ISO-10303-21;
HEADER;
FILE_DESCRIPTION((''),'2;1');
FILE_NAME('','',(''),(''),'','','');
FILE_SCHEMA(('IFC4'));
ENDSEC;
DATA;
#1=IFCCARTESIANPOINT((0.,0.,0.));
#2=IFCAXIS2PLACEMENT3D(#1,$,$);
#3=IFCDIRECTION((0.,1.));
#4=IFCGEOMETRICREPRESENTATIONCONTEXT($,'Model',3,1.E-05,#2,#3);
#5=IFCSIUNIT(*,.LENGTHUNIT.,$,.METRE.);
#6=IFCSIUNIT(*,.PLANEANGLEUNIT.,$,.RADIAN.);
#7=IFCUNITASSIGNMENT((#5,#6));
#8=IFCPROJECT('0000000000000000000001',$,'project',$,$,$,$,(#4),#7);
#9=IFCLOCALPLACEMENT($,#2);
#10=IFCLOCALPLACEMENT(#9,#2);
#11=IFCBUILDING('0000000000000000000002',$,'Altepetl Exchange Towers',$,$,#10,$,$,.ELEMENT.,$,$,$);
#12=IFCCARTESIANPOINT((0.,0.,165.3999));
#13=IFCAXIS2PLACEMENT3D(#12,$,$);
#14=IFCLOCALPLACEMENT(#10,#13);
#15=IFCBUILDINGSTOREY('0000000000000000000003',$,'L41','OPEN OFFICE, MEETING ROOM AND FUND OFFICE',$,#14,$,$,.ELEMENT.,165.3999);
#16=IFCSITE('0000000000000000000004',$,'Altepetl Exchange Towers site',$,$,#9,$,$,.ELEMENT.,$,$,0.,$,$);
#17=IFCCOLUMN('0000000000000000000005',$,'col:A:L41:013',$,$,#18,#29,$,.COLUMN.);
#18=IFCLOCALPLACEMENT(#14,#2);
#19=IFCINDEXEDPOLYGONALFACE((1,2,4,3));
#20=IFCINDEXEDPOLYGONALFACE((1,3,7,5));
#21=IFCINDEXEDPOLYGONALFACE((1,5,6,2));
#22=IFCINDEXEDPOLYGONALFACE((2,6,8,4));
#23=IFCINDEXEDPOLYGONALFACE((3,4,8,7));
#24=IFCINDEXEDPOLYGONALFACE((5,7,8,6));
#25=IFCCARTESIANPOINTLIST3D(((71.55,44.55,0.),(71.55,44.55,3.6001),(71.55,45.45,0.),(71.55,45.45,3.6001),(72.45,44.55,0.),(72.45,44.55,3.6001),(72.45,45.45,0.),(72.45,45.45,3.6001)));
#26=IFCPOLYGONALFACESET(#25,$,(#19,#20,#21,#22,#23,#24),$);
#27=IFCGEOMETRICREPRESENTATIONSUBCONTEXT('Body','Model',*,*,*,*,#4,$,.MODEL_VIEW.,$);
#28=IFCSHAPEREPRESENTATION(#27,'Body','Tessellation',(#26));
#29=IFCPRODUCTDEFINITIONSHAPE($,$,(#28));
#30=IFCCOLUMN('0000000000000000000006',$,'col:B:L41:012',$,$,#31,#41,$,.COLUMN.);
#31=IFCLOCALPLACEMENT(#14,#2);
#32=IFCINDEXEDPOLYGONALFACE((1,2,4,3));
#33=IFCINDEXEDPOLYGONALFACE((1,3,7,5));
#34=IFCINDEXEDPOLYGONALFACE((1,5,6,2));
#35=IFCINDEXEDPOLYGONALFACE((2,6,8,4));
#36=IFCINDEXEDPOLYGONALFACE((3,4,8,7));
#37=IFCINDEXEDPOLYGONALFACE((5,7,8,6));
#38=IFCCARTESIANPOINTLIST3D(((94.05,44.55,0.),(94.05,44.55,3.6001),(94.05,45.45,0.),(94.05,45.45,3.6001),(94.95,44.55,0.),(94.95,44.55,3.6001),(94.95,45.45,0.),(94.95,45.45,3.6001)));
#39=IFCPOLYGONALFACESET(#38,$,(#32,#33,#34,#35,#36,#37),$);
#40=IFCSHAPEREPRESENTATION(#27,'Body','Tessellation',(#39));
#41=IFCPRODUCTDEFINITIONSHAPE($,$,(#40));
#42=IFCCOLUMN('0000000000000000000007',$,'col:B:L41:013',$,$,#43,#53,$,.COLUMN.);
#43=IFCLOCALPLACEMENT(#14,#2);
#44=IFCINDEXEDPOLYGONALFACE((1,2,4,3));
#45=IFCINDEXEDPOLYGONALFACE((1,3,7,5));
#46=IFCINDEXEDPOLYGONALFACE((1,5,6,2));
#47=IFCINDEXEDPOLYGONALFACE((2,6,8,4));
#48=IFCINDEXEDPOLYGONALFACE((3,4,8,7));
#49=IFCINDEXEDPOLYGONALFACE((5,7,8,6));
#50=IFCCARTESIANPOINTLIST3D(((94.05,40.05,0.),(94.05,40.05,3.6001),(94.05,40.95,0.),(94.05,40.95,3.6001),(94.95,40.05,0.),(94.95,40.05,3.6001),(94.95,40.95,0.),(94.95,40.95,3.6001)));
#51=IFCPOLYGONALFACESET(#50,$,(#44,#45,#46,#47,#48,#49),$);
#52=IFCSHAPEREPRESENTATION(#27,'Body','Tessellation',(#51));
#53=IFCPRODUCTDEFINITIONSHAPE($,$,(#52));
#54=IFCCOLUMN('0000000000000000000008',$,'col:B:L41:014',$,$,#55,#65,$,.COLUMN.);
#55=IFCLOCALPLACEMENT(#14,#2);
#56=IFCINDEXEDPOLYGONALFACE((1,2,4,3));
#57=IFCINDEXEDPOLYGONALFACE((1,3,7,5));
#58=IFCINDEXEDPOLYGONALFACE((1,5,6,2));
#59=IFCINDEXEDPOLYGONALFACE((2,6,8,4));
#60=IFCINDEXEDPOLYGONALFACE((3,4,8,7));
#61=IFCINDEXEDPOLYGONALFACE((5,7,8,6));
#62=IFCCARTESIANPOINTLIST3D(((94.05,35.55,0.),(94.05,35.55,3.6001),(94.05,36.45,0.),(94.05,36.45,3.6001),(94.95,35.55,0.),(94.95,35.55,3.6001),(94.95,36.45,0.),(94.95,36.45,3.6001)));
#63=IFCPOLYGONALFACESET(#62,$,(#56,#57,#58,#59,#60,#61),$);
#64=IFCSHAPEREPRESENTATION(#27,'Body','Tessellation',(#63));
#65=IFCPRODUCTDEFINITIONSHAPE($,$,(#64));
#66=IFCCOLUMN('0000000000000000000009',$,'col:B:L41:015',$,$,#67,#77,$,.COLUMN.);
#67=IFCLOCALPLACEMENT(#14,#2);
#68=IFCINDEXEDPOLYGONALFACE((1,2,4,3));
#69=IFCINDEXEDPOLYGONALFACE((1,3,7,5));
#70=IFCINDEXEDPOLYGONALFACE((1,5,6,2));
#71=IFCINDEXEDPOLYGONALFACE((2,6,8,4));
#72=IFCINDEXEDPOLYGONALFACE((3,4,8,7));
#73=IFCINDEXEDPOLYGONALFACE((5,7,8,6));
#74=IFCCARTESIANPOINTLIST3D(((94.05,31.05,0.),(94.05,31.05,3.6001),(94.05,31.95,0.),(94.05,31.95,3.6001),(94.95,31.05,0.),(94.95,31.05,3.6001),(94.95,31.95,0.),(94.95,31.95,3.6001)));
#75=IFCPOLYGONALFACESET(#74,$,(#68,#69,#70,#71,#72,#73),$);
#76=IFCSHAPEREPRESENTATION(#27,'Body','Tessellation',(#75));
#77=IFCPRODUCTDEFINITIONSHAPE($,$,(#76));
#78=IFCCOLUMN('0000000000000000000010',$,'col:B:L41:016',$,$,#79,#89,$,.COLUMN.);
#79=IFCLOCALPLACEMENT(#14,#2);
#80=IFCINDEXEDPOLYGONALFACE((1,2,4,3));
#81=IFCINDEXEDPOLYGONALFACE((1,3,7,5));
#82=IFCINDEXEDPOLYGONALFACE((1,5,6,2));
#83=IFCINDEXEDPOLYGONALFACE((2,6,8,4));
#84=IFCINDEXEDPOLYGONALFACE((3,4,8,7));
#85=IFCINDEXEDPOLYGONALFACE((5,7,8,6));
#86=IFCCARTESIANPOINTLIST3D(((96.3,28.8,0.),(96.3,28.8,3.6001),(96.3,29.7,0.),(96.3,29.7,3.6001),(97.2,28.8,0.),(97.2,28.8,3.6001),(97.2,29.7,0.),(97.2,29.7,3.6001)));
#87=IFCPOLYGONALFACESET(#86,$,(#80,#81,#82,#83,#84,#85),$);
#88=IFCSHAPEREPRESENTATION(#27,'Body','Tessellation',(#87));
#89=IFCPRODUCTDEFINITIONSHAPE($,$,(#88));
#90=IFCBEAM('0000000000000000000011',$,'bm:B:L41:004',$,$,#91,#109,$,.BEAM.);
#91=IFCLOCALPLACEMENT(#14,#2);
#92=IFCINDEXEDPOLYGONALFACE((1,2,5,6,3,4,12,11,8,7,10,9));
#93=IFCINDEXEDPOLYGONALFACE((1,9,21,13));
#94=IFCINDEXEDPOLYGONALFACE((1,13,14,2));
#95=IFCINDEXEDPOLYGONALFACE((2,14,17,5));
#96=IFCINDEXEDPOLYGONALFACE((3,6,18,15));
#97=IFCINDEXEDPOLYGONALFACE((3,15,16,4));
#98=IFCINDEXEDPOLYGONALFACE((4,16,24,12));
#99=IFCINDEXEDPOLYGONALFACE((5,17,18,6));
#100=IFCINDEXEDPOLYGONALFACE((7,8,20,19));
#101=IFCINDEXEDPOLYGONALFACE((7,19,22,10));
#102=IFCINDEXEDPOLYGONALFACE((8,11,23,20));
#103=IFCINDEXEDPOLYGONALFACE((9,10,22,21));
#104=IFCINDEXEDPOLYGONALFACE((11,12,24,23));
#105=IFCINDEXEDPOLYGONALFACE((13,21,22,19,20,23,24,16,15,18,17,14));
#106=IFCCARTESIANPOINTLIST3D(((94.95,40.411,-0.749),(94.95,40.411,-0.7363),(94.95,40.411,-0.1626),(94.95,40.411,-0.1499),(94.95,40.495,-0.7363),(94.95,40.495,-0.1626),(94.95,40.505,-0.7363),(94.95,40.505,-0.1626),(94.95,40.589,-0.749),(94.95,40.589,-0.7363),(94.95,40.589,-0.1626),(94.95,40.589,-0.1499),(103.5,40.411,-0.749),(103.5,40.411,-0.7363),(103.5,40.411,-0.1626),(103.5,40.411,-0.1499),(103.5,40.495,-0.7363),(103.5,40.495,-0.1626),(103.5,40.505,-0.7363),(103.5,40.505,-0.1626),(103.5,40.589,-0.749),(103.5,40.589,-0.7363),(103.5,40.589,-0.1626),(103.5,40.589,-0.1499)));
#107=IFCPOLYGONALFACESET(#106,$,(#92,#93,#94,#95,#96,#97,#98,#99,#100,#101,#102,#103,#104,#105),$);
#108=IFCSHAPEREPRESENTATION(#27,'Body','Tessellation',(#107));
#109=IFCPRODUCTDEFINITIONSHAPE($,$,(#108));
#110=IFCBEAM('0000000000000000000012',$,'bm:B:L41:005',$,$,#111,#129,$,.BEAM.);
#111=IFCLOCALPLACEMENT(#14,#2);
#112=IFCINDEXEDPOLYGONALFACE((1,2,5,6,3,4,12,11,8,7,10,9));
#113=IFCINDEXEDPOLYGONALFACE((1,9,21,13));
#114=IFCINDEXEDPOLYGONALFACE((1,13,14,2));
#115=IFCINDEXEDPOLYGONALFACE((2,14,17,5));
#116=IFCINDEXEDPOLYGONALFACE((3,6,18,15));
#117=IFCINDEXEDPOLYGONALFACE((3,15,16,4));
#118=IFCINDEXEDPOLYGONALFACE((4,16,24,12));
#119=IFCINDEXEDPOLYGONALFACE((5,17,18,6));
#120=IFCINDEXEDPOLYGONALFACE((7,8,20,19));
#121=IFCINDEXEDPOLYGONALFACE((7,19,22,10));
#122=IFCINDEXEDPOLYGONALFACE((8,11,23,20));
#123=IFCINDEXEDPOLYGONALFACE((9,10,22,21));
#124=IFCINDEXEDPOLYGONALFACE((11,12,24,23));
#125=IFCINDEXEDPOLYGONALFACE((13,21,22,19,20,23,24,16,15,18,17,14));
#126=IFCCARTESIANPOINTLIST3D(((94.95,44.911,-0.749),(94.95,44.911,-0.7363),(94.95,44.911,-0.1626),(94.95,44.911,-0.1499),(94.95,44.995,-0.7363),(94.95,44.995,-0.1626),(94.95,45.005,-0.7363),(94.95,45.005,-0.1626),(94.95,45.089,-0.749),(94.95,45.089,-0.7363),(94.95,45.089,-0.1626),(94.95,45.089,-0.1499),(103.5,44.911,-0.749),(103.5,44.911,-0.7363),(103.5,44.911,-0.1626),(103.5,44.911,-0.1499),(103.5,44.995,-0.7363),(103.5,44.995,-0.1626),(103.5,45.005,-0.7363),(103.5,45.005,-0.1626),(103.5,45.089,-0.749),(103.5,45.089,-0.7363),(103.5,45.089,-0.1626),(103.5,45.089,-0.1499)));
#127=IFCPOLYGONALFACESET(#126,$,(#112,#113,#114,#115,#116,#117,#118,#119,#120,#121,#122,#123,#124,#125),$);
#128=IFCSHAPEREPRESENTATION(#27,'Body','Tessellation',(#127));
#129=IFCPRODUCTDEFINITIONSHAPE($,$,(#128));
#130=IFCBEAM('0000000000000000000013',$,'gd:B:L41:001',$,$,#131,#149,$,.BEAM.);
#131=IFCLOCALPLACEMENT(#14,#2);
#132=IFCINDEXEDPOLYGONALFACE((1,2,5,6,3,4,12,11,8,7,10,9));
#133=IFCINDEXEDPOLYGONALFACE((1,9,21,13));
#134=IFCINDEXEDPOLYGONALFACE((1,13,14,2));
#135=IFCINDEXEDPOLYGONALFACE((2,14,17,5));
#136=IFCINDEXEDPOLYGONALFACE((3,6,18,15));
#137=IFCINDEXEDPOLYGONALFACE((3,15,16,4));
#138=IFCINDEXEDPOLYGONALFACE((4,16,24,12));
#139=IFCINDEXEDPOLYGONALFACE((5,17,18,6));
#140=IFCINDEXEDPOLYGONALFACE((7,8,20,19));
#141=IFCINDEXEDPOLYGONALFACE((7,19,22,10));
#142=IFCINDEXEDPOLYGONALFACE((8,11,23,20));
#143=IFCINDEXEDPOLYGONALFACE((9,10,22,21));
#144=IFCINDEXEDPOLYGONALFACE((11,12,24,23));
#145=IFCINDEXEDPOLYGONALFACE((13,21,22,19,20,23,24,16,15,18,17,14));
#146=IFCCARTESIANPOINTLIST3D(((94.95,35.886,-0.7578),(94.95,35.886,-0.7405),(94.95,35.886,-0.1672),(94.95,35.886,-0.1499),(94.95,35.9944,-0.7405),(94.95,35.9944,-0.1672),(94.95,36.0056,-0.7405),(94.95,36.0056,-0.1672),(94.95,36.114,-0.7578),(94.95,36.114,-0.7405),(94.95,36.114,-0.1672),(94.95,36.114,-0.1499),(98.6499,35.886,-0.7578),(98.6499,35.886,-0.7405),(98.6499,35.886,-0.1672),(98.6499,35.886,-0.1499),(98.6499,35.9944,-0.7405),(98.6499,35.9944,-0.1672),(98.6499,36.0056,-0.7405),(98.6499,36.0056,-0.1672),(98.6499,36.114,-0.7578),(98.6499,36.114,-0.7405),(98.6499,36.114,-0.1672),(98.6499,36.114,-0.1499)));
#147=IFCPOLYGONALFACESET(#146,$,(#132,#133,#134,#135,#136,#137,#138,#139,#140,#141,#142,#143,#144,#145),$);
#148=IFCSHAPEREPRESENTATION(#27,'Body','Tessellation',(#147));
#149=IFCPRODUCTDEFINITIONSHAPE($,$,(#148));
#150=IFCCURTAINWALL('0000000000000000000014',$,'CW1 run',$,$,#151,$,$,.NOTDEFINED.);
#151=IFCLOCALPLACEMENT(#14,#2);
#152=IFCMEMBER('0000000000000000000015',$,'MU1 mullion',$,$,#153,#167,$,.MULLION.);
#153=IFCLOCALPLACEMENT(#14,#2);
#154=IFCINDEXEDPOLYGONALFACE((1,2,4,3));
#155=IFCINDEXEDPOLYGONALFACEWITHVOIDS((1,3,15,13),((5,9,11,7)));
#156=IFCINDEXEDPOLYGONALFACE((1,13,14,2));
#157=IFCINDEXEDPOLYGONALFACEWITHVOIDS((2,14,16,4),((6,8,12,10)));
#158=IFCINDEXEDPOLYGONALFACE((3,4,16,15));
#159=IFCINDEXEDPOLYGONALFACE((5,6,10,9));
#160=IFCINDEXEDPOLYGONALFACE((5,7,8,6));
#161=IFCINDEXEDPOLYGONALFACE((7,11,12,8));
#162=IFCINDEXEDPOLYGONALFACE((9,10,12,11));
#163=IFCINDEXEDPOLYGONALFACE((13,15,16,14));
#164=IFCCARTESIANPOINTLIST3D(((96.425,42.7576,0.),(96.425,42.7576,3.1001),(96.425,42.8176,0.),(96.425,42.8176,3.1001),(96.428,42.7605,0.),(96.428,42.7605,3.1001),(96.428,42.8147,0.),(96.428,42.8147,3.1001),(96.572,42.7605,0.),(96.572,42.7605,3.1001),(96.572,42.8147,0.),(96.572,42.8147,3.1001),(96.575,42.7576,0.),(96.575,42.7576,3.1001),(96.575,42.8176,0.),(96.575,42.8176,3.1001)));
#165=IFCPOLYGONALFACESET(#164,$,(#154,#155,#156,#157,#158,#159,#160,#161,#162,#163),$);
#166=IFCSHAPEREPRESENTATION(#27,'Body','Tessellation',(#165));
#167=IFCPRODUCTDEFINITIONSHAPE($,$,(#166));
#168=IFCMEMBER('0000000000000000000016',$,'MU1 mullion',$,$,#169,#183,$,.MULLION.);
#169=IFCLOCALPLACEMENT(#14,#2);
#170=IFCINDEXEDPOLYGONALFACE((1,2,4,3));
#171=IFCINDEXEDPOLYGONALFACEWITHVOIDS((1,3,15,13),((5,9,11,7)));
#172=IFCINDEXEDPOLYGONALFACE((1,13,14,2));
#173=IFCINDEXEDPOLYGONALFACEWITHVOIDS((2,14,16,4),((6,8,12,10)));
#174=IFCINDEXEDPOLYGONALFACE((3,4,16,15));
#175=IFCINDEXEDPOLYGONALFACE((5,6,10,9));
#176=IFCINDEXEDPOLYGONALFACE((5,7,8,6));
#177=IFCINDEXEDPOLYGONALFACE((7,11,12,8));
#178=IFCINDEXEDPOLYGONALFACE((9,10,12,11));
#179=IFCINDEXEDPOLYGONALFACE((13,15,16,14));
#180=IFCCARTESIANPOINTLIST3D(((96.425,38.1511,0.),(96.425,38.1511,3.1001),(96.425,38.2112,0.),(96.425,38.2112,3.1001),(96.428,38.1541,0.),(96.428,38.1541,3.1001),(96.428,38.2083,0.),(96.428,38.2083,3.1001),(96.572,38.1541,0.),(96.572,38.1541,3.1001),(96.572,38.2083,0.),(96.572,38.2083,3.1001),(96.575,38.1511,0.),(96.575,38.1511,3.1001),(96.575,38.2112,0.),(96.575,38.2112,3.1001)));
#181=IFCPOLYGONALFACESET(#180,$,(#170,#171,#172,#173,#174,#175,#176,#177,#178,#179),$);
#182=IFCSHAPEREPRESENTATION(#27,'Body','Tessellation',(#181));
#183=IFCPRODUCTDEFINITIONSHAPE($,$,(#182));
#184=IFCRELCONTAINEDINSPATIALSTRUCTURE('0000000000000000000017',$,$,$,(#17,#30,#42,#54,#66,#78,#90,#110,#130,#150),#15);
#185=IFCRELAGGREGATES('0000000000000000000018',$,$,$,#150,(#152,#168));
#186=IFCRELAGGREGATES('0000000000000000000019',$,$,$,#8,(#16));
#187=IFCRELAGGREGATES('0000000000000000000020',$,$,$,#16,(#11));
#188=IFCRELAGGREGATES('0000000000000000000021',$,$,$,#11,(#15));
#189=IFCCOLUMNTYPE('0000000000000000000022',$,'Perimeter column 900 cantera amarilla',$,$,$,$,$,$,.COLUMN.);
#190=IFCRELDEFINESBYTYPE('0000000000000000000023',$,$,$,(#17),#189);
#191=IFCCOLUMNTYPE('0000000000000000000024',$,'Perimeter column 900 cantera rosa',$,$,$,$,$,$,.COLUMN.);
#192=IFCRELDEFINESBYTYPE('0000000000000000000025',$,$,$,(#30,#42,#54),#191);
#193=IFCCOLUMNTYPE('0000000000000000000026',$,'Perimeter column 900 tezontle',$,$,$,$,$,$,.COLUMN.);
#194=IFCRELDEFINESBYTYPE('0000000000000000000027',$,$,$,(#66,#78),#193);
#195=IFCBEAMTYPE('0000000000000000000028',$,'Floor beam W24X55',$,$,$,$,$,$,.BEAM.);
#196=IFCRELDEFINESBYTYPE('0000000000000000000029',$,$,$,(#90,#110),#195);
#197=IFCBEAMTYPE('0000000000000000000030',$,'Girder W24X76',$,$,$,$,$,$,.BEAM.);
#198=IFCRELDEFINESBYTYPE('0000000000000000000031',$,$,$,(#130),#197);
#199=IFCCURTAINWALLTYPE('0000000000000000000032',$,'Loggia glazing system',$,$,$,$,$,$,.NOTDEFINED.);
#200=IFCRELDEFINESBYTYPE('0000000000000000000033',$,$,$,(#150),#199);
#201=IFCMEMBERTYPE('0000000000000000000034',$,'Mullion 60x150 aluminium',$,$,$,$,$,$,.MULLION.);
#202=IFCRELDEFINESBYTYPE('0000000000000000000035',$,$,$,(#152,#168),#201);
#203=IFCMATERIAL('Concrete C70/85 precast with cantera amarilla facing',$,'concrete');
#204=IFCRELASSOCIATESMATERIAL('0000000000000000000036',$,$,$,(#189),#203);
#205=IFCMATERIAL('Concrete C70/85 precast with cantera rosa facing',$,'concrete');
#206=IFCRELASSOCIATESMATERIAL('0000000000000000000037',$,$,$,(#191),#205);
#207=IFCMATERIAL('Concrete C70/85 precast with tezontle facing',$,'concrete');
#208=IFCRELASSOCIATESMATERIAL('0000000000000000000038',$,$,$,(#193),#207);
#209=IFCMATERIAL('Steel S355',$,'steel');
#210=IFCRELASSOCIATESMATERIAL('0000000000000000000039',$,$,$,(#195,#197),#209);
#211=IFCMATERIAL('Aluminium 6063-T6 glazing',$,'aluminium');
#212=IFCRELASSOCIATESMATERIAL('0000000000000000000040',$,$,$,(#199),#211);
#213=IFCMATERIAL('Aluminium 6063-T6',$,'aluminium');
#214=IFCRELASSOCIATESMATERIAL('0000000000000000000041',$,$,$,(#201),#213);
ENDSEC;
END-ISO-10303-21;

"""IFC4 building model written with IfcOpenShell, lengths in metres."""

from ifc_helpers import new_model, si_unit, direction, frame, origin, origin_2d, place, context, subcontext, project, spatial, rectangle, hollow_rectangle, i_section, extrude, material, material_profile, profile_set, type_object, element, aggregate, save


model = new_model("IFC4")

# Units and contexts
model_context = context("Model", 3, precision=1e-05, world=origin(), true_north=direction((0.0, 1.0)))
body_context = subcontext(model_context, "Body", "Model", "MODEL_VIEW")
ifc_project = project(units=[si_unit("LENGTHUNIT", "METRE"), si_unit("PLANEANGLEUNIT", "RADIAN")], contexts=[model_context])

# Site, building, storey
site_placement = place(None, origin())
site = spatial("IfcSite", under=ifc_project, at=site_placement, Name="Altepetl Exchange Towers site", CompositionType="ELEMENT", RefElevation=0.0)
building_placement = place(site_placement, origin())
building = spatial("IfcBuilding", under=site, at=building_placement, Name="Altepetl Exchange Towers", CompositionType="ELEMENT")
storey_placement = place(building_placement, frame((0.0, 0.0, 165.3999)))
storey = spatial("IfcBuildingStorey", under=building, at=storey_placement, Name="L41", Description="OPEN OFFICE, MEETING ROOM AND FUND OFFICE", CompositionType="ELEMENT", Elevation=165.3999)

# Columns
ifc_material_1 = material(Name="Concrete C70/85 precast with cantera amarilla facing", Category="concrete")
ifc_material_profile_1 = material_profile(ifc_material_1, rectangle(XDim=0.8999, YDim=0.8999, at=origin_2d()), Name="900 x 900")
ifc_profile_set_1 = profile_set([ifc_material_profile_1], Name="Concrete C70/85 precast with cantera amarilla facing")
column_type_1 = type_object("IfcColumnType", Name="Perimeter column 900 cantera amarilla", PredefinedType="COLUMN", material=ifc_profile_set_1)
column_placement = place(storey_placement, frame((72.0, 45.0, 0.0)))
element("IfcColumn", 1, at=column_placement, inside=storey, type_object=column_type_1, Name="col:A:L41:013", PredefinedType="COLUMN", context=body_context, shape_type="SweptSolid", body=[
    extrude(rectangle(XDim=0.8999, YDim=0.8999, at=origin_2d()), origin(), (0.0, 0.0, 1.0), 3.6001),
])
ifc_material_2 = material(Name="Concrete C70/85 precast with cantera rosa facing", Category="concrete")
ifc_material_profile_2 = material_profile(ifc_material_2, rectangle(XDim=0.8999, YDim=0.8999, at=origin_2d()), Name="900 x 900")
ifc_profile_set_2 = profile_set([ifc_material_profile_2], Name="Concrete C70/85 precast with cantera rosa facing")
column_type_2 = type_object("IfcColumnType", Name="Perimeter column 900 cantera rosa", PredefinedType="COLUMN", material=ifc_profile_set_2)
for number, where, name in (
    (2, (94.5, 45.0, 0.0), "col:B:L41:012"),
    (3, (94.5, 40.5, 0.0), "col:B:L41:013"),
    (4, (94.5, 36.0, 0.0), "col:B:L41:014"),
):
    element("IfcColumn", number, at=place(storey_placement, frame(where)), inside=storey, type_object=column_type_2, Name=name, PredefinedType="COLUMN", context=body_context, shape_type="SweptSolid", body=[
        extrude(rectangle(XDim=0.8999, YDim=0.8999, at=origin_2d()), origin(), (0.0, 0.0, 1.0), 3.6001),
    ])
ifc_material_3 = material(Name="Concrete C70/85 precast with tezontle facing", Category="concrete")
ifc_material_profile_3 = material_profile(ifc_material_3, rectangle(XDim=0.8999, YDim=0.8999, at=origin_2d()), Name="900 x 900")
ifc_profile_set_3 = profile_set([ifc_material_profile_3], Name="Concrete C70/85 precast with tezontle facing")
column_type_3 = type_object("IfcColumnType", Name="Perimeter column 900 tezontle", PredefinedType="COLUMN", material=ifc_profile_set_3)
for number, where, name in (
    (5, (94.5, 31.5, 0.0), "col:B:L41:015"),
    (6, (96.75, 29.25, 0.0), "col:B:L41:016"),
):
    element("IfcColumn", number, at=place(storey_placement, frame(where)), inside=storey, type_object=column_type_3, Name=name, PredefinedType="COLUMN", context=body_context, shape_type="SweptSolid", body=[
        extrude(rectangle(XDim=0.8999, YDim=0.8999, at=origin_2d()), origin(), (0.0, 0.0, 1.0), 3.6001),
    ])

# Beams
ifc_material_4 = material(Name="Steel S355", Category="steel")
ifc_material_profile_4 = material_profile(ifc_material_4, i_section(OverallWidth=0.178, OverallDepth=0.5991, WebThickness=0.01, FlangeThickness=0.0127, at=origin_2d()), Name="W24X55")
ifc_profile_set_4 = profile_set([ifc_material_profile_4], Name="Steel S355")
beam_type_1 = type_object("IfcBeamType", Name="Floor beam W24X55", PredefinedType="BEAM", material=ifc_profile_set_4)
for number, where, z_axis, x_axis, name in (
    (7, (94.95, 40.5, -0.4495), (1.0, 0.0, 0.0), (0.0, 1.0, 0.0), "bm:B:L41:004"),
    (8, (94.95, 45.0, -0.4495), (1.0, 0.0, 0.0), (0.0, 1.0, 0.0), "bm:B:L41:005"),
):
    element("IfcBeam", number, at=place(storey_placement, frame(where, z_axis=z_axis, x_axis=x_axis)), inside=storey, type_object=beam_type_1, Name=name, PredefinedType="BEAM", context=body_context, shape_type="SweptSolid", body=[
        extrude(i_section(OverallWidth=0.178, OverallDepth=0.5991, WebThickness=0.01, FlangeThickness=0.0127, at=origin_2d()), origin(), (0.0, 0.0, 1.0), 8.55),
    ])
ifc_material_profile_5 = material_profile(ifc_material_4, i_section(OverallWidth=0.228, OverallDepth=0.6079, WebThickness=0.0112, FlangeThickness=0.0173, at=origin_2d()), Name="W24X76")
ifc_profile_set_5 = profile_set([ifc_material_profile_5], Name="Steel S355")
beam_type_2 = type_object("IfcBeamType", Name="Girder W24X76", PredefinedType="BEAM", material=ifc_profile_set_5)
beam_1_placement = place(storey_placement, frame((98.6499, 36.0, -0.4539), z_axis=(-1.0, 0.0, 0.0), x_axis=(0.0, -1.0, 0.0)))
element("IfcBeam", 9, at=beam_1_placement, inside=storey, type_object=beam_type_2, Name="gd:B:L41:001", PredefinedType="BEAM", context=body_context, shape_type="SweptSolid", body=[
    extrude(i_section(OverallWidth=0.228, OverallDepth=0.6079, WebThickness=0.0112, FlangeThickness=0.0173, at=origin_2d()), origin(), (0.0, 0.0, 1.0), 3.7),
])

# Curtain wall, members
ifc_material_5 = material(Name="Aluminium 6063-T6 glazing", Category="aluminium")
curtain_wall_type = type_object("IfcCurtainWallType", Name="Loggia glazing system", PredefinedType="NOTDEFINED", material=ifc_material_5)
curtain_wall_1_placement = place(storey_placement, origin())
curtain_wall_1 = element("IfcCurtainWall", 10, at=curtain_wall_1_placement, inside=storey, type_object=curtain_wall_type, Name="CW1 run", PredefinedType="NOTDEFINED")
ifc_material_6 = material(Name="Aluminium 6063-T6", Category="aluminium")
ifc_material_profile_6 = material_profile(ifc_material_6, hollow_rectangle(XDim=0.0601, YDim=0.1499, WallThickness=0.0029, at=origin_2d()), Name="Mullion 60x150 aluminium")
ifc_profile_set_6 = profile_set([ifc_material_profile_6], Name="Aluminium 6063-T6")
member_type = type_object("IfcMemberType", Name="Mullion 60x150 aluminium", PredefinedType="MULLION", material=ifc_profile_set_6)
member_1_placement = place(storey_placement, frame((96.5, 42.7876, 0.0), z_axis=(0.0, 0.0, 1.0), x_axis=(0.0, -1.0, 0.0)))
member_1 = element("IfcMember", 11, at=member_1_placement, type_object=member_type, Name="MU1 mullion", PredefinedType="MULLION", context=body_context, shape_type="SweptSolid", body=[
    extrude(hollow_rectangle(XDim=0.0601, YDim=0.1499, WallThickness=0.0029, at=origin_2d()), origin(), (0.0, 0.0, 1.0), 3.1001),
])
member_2_placement = place(storey_placement, frame((96.5, 38.1812, 0.0), z_axis=(0.0, 0.0, 1.0), x_axis=(0.0, -1.0, 0.0)))
member_2 = element("IfcMember", 12, at=member_2_placement, type_object=member_type, Name="MU1 mullion", PredefinedType="MULLION", context=body_context, shape_type="SweptSolid", body=[
    extrude(hollow_rectangle(XDim=0.0601, YDim=0.1499, WallThickness=0.0029, at=origin_2d()), origin(), (0.0, 0.0, 1.0), 3.1001),
])

aggregate(curtain_wall_1, [member_1, member_2])

save(model, "model.ifc")
